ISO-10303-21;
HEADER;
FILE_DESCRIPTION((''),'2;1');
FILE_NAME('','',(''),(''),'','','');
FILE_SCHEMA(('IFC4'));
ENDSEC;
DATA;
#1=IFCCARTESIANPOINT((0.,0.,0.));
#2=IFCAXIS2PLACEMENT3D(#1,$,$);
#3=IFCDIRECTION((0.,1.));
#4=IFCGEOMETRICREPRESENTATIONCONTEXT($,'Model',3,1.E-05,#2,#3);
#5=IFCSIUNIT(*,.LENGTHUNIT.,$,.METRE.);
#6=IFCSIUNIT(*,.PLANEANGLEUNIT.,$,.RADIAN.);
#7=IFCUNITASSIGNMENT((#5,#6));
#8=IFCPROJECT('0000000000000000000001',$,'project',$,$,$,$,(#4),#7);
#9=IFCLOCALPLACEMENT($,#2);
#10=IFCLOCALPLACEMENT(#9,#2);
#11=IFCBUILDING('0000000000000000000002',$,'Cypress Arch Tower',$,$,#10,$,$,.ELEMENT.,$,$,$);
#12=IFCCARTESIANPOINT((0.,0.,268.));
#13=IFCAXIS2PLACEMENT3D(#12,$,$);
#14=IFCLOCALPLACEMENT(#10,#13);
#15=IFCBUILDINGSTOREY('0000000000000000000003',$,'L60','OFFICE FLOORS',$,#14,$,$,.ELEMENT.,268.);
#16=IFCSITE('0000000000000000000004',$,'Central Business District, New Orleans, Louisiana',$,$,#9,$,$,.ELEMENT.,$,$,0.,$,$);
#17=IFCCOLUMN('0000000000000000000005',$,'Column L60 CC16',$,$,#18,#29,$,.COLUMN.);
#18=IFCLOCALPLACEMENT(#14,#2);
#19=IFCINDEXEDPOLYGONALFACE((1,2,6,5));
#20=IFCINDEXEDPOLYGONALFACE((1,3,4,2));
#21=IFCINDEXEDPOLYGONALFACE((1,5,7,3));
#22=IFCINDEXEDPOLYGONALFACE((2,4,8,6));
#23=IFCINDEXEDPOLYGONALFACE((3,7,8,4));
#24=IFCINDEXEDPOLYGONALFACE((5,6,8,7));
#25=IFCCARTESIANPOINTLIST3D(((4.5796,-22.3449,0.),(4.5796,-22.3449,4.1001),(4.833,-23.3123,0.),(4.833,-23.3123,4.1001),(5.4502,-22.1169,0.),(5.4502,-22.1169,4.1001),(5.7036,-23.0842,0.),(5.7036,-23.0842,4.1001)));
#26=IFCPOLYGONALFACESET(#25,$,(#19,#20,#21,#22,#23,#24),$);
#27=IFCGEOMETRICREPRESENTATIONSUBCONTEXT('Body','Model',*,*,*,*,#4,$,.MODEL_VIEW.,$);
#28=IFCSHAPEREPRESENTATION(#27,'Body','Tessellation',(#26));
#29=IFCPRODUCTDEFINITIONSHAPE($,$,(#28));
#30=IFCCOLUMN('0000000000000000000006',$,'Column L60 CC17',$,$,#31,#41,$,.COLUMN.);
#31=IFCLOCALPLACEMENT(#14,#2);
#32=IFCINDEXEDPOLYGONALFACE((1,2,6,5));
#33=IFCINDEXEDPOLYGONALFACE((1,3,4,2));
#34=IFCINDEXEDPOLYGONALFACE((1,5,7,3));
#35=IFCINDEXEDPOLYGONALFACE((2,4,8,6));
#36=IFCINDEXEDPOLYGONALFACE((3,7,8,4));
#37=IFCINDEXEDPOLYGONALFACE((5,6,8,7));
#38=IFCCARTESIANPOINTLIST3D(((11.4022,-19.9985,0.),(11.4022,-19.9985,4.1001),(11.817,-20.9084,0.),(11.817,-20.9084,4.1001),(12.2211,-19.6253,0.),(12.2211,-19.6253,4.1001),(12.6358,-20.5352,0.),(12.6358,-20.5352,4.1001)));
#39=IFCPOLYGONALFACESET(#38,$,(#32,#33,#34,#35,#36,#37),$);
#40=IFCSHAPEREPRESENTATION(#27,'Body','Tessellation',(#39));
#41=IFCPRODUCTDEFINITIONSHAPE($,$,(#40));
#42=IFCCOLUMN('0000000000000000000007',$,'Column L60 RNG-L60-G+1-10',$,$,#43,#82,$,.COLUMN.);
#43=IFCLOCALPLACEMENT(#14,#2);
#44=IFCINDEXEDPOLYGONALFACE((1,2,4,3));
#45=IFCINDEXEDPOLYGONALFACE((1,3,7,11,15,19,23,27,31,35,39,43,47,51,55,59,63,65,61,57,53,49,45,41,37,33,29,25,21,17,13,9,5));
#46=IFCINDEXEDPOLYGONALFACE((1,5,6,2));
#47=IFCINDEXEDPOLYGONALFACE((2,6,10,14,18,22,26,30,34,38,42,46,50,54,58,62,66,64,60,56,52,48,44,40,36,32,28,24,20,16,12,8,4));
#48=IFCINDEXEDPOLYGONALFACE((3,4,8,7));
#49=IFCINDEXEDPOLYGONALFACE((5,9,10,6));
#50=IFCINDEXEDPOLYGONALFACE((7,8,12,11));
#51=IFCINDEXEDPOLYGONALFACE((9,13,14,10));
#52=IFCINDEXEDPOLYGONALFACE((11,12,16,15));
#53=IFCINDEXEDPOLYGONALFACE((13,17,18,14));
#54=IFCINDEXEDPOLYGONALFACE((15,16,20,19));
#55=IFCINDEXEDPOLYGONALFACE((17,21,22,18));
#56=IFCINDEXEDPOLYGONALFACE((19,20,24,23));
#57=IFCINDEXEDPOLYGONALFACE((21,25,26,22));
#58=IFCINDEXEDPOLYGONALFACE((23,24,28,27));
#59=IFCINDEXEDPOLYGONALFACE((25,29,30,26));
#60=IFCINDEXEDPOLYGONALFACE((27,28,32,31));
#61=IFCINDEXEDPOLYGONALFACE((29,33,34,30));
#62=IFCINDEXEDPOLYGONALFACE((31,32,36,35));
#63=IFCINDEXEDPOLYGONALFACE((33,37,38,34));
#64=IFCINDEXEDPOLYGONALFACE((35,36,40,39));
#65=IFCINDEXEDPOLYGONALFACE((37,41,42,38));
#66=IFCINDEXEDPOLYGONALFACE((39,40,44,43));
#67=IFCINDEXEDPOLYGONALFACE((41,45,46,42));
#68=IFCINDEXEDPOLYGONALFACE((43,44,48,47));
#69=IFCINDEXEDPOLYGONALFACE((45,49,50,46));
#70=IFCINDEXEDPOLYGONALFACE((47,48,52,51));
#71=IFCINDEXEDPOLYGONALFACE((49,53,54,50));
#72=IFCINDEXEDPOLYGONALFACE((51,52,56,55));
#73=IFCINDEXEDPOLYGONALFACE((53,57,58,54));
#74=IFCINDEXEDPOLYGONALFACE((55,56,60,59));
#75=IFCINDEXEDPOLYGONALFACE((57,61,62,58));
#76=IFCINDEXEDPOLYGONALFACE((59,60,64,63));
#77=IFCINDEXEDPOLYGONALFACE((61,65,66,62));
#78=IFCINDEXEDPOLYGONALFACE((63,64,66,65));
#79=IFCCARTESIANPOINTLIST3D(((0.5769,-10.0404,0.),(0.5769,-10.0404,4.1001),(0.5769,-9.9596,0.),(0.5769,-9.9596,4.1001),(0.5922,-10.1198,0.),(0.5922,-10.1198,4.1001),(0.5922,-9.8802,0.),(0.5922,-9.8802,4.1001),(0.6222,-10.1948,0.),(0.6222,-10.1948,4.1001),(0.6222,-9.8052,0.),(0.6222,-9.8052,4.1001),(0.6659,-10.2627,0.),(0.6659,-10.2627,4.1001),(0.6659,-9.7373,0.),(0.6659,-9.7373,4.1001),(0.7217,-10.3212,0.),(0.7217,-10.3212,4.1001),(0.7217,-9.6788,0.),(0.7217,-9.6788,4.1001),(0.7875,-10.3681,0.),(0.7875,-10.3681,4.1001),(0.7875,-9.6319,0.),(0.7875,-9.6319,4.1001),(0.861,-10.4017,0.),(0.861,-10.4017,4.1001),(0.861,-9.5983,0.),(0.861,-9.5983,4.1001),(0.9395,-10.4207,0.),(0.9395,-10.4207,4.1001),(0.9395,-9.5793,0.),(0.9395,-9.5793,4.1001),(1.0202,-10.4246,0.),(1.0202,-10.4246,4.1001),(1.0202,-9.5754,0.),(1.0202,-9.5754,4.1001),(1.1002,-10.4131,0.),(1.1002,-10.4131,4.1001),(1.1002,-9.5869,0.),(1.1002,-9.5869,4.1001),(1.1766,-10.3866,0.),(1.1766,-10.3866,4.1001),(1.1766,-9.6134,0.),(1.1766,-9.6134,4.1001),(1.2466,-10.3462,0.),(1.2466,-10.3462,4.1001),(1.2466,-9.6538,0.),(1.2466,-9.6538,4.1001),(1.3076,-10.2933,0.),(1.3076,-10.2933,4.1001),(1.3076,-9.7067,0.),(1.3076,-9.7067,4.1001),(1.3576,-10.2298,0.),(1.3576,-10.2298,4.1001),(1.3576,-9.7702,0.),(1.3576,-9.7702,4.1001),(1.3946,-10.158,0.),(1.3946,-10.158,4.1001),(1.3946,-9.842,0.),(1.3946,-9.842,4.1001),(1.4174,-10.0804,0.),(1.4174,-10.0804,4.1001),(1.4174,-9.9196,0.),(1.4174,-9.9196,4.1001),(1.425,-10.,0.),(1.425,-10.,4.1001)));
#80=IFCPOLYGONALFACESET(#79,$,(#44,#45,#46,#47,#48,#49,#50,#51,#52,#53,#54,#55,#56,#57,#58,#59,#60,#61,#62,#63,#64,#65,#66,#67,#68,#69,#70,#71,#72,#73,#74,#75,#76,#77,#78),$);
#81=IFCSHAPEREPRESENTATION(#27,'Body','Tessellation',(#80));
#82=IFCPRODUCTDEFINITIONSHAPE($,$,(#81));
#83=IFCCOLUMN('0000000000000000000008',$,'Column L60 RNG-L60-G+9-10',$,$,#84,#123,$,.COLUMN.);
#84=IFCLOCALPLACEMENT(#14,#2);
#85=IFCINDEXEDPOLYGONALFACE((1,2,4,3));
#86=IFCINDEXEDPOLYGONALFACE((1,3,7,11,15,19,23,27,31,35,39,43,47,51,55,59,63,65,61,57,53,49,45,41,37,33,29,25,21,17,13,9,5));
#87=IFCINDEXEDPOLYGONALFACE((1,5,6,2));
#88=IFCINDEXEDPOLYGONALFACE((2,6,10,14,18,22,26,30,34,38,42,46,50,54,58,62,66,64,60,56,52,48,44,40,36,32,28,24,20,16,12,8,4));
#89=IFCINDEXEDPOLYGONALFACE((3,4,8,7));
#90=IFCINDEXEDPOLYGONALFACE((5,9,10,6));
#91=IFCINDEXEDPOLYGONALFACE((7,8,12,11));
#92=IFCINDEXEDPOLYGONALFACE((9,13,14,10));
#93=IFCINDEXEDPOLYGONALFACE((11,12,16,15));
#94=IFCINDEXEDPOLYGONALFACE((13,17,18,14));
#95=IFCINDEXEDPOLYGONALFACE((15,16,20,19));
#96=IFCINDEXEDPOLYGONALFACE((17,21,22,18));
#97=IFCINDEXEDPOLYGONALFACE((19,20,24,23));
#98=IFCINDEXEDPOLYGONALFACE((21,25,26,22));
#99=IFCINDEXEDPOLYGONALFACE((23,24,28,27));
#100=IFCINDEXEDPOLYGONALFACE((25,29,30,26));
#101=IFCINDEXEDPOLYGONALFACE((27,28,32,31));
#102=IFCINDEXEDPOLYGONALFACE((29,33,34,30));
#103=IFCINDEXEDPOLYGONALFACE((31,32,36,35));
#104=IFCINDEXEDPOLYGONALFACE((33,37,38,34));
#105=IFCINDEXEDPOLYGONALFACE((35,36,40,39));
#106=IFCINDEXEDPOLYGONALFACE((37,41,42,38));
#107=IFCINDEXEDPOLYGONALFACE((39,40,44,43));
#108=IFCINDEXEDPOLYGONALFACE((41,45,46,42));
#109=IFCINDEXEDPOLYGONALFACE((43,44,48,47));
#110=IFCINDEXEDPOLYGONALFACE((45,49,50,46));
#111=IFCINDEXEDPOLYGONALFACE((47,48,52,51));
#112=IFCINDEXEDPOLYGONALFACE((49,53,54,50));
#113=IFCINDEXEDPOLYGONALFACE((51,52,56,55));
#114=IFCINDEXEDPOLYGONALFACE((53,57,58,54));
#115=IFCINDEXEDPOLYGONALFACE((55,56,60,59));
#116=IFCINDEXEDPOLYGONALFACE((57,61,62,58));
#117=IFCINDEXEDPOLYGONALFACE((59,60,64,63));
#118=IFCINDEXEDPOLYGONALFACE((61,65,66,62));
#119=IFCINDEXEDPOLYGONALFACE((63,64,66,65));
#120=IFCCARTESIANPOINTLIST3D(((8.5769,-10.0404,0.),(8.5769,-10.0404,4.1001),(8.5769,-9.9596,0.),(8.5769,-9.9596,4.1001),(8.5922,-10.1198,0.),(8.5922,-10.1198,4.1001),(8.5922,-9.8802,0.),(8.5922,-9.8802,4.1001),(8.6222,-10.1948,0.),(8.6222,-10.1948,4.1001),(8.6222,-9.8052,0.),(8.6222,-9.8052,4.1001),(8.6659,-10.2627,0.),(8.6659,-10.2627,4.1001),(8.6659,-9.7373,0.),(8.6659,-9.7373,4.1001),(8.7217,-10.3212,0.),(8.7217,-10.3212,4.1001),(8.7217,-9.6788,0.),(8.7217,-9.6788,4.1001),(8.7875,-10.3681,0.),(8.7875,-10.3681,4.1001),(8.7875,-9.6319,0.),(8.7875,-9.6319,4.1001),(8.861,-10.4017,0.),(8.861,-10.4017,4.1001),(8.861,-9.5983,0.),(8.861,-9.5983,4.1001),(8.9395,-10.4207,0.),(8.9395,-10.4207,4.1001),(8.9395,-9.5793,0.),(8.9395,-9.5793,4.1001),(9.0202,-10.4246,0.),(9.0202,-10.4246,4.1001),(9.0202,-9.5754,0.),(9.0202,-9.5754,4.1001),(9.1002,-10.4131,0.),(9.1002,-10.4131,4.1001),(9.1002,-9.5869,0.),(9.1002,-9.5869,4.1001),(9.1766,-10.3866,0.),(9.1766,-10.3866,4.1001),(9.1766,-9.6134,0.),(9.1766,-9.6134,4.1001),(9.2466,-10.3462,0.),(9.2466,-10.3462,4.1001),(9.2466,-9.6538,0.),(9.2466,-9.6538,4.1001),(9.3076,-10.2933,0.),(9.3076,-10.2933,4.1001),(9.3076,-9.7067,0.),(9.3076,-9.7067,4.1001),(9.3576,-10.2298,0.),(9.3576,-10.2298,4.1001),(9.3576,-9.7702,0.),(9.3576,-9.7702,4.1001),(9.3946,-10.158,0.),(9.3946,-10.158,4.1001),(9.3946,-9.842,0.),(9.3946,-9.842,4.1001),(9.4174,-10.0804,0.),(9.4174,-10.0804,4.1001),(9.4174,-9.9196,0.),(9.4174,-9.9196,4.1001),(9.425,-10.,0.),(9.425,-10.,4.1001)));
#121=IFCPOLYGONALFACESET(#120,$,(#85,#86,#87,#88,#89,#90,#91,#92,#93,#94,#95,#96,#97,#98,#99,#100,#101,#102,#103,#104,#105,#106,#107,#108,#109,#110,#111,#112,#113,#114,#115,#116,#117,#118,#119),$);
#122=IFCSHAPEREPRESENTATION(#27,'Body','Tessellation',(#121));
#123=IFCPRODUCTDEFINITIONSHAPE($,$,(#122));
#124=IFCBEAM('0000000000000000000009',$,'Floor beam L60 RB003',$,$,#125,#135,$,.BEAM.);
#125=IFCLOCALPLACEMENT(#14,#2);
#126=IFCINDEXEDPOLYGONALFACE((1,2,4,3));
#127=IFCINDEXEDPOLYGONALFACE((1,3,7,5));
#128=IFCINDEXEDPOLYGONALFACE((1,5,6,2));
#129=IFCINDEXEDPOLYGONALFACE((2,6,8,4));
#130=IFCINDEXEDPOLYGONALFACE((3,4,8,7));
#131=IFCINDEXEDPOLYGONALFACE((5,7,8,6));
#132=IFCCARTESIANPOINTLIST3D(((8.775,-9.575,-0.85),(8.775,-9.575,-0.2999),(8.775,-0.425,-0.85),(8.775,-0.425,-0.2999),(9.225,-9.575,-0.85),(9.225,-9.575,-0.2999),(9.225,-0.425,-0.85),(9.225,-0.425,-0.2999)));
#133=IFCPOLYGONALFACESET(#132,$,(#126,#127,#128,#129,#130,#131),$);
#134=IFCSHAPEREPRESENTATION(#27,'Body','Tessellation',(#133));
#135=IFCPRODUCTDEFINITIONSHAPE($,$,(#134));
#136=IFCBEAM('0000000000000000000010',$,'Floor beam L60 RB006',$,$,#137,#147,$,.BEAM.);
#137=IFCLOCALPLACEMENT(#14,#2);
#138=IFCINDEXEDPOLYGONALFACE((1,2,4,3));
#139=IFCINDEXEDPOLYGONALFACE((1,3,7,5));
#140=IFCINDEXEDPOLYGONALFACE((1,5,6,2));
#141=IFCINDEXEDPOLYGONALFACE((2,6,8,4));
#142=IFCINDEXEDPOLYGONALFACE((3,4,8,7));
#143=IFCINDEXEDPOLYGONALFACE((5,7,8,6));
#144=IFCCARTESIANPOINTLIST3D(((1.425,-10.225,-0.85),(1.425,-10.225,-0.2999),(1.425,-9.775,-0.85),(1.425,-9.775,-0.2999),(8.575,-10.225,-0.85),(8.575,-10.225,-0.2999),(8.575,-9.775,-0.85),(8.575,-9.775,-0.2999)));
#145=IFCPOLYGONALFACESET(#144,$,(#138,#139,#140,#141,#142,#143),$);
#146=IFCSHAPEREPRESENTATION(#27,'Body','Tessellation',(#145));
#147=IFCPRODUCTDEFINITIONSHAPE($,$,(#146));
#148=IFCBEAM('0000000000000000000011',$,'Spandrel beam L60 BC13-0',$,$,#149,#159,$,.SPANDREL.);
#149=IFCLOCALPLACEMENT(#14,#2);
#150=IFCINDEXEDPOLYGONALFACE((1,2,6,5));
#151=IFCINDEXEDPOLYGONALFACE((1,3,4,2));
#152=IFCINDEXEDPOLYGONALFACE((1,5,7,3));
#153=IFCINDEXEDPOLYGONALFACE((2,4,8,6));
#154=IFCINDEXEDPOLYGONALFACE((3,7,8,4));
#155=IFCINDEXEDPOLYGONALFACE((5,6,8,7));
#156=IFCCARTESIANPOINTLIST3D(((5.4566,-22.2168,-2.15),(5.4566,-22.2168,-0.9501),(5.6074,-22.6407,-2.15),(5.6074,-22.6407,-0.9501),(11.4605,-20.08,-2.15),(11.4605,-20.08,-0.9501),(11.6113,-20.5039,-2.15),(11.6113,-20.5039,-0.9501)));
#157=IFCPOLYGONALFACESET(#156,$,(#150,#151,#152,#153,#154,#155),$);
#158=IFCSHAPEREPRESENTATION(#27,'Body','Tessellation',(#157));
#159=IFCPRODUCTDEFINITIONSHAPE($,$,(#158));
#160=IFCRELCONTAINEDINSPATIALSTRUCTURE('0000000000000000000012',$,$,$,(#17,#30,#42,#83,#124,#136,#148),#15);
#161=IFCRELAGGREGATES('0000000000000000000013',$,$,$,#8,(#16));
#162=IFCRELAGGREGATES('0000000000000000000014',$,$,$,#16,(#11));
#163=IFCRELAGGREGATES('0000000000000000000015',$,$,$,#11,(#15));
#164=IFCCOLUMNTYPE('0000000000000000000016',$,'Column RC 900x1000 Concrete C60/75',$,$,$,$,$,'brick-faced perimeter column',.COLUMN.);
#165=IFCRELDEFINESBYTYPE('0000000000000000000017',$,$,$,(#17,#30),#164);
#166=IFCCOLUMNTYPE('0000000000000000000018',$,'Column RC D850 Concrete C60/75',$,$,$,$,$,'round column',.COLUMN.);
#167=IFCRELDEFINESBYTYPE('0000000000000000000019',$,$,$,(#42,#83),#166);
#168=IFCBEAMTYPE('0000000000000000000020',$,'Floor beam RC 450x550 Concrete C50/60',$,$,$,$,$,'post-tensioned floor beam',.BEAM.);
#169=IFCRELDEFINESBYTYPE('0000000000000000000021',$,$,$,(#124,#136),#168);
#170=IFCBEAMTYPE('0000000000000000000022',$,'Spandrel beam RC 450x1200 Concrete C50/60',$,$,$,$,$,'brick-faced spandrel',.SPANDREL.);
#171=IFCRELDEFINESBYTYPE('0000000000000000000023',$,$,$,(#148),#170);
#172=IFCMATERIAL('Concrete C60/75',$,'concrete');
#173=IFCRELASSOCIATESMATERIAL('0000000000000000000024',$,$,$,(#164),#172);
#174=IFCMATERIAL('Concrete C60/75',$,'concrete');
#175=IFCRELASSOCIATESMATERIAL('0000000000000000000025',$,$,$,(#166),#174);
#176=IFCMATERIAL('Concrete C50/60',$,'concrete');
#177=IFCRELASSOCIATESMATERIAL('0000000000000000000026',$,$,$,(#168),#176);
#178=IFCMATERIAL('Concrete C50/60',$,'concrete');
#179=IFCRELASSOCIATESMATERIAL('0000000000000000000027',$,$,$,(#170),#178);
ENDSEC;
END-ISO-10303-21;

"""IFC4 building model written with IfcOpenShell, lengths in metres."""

from ifc_helpers import new_model, si_unit, direction, frame, origin, origin_2d, place, context, subcontext, project, spatial, rectangle, circle, extrude, material, material_profile, profile_set, type_object, element, save


model = new_model("IFC4")

# Units and contexts
model_context = context("Model", 3, precision=1e-05, world=origin(), true_north=direction((0.0, 1.0)))
body_context = subcontext(model_context, "Body", "Model", "MODEL_VIEW")
ifc_project = project(units=[si_unit("LENGTHUNIT", "METRE"), si_unit("PLANEANGLEUNIT", "RADIAN")], contexts=[model_context])

# Site, building, storey
site_placement = place(None, origin())
site = spatial("IfcSite", under=ifc_project, at=site_placement, Name="Central Business District, New Orleans, Louisiana", CompositionType="ELEMENT", RefElevation=0.0)
building_placement = place(site_placement, origin())
building = spatial("IfcBuilding", under=site, at=building_placement, Name="Cypress Arch Tower", CompositionType="ELEMENT")
storey_placement = place(building_placement, frame((0.0, 0.0, 268.0)))
storey = spatial("IfcBuildingStorey", under=building, at=storey_placement, Name="L60", Description="OFFICE FLOORS", CompositionType="ELEMENT", Elevation=268.0)

# Columns
ifc_material_1 = material(Name="Concrete C60/75", Category="concrete")
ifc_material_profile_1 = material_profile(ifc_material_1, rectangle(XDim=0.8999, YDim=1.0, at=origin_2d()), Name="RC 900x1000")
ifc_profile_set_1 = profile_set([ifc_material_profile_1], Name="Concrete C60/75")
column_type_1 = type_object("IfcColumnType", Name="Column RC 900x1000 Concrete C60/75", ElementType="brick-faced perimeter column", PredefinedType="COLUMN", material=ifc_profile_set_1)
for number, where, z_axis, x_axis, name in (
    (1, (5.1416, -22.7146, 0.0), (0.0, 0.0, 1.0), (0.967356, 0.253422, 0.0), "Column L60 CC16"),
    (2, (12.019, -20.2668, 0.0), (0.0, 0.0, 1.0), (0.909932, 0.414757, 0.0), "Column L60 CC17"),
):
    element("IfcColumn", number, at=place(storey_placement, frame(where, z_axis=z_axis, x_axis=x_axis)), inside=storey, type_object=column_type_1, Name=name, PredefinedType="COLUMN", context=body_context, shape_type="SweptSolid", body=[
        extrude(rectangle(XDim=0.8999, YDim=1.0, at=origin_2d()), origin(), (0.0, 0.0, 1.0), 4.1001),
    ])
ifc_material_2 = material(Name="Concrete C60/75", Category="concrete")
ifc_material_profile_2 = material_profile(ifc_material_2, circle(Radius=0.425, at=origin_2d()), Name="RC D850")
ifc_profile_set_2 = profile_set([ifc_material_profile_2], Name="Concrete C60/75")
column_type_2 = type_object("IfcColumnType", Name="Column RC D850 Concrete C60/75", ElementType="round column", PredefinedType="COLUMN", material=ifc_profile_set_2)
for number, where, z_axis, x_axis, name in (
    (3, (1.0, -10.0, 0.0), (0.0, 0.0, 1.0), (1.0, 0.0, 0.0), "Column L60 RNG-L60-G+1-10"),
    (4, (9.0, -10.0, 0.0), (0.0, 0.0, 1.0), (1.0, 0.0, 0.0), "Column L60 RNG-L60-G+9-10"),
):
    element("IfcColumn", number, at=place(storey_placement, frame(where, z_axis=z_axis, x_axis=x_axis)), inside=storey, type_object=column_type_2, Name=name, PredefinedType="COLUMN", context=body_context, shape_type="SweptSolid", body=[
        extrude(circle(Radius=0.425, at=origin_2d()), origin(), (0.0, 0.0, 1.0), 4.1001),
    ])

# Beams
ifc_material_3 = material(Name="Concrete C50/60", Category="concrete")
ifc_material_profile_3 = material_profile(ifc_material_3, rectangle(XDim=0.45, YDim=0.55, at=origin_2d()), Name="RC 450x550")
ifc_profile_set_3 = profile_set([ifc_material_profile_3], Name="Concrete C50/60")
beam_type_1 = type_object("IfcBeamType", Name="Floor beam RC 450x550 Concrete C50/60", ElementType="post-tensioned floor beam", PredefinedType="BEAM", material=ifc_profile_set_3)
beam_1_placement = place(storey_placement, frame((9.0, -9.575, -0.575), z_axis=(0.0, 1.0, 0.0), x_axis=(-1.0, 0.0, 0.0)))
element("IfcBeam", 5, at=beam_1_placement, inside=storey, type_object=beam_type_1, Name="Floor beam L60 RB003", PredefinedType="BEAM", context=body_context, shape_type="SweptSolid", body=[
    extrude(rectangle(XDim=0.45, YDim=0.55, at=origin_2d()), origin(), (0.0, 0.0, 1.0), 9.1499),
])
beam_2_placement = place(storey_placement, frame((1.425, -10.0, -0.575), z_axis=(1.0, 0.0, 0.0), x_axis=(0.0, 1.0, 0.0)))
element("IfcBeam", 6, at=beam_2_placement, inside=storey, type_object=beam_type_1, Name="Floor beam L60 RB006", PredefinedType="BEAM", context=body_context, shape_type="SweptSolid", body=[
    extrude(rectangle(XDim=0.45, YDim=0.55, at=origin_2d()), origin(), (0.0, 0.0, 1.0), 7.1499),
])
ifc_material_4 = material(Name="Concrete C50/60", Category="concrete")
ifc_material_profile_4 = material_profile(ifc_material_4, rectangle(XDim=0.45, YDim=1.2, at=origin_2d()), Name="RC 450x1200")
ifc_profile_set_4 = profile_set([ifc_material_profile_4], Name="Concrete C50/60")
beam_type_2 = type_object("IfcBeamType", Name="Spandrel beam RC 450x1200 Concrete C50/60", ElementType="brick-faced spandrel", PredefinedType="SPANDREL", material=ifc_profile_set_4)
beam_3_placement = place(storey_placement, frame((5.532, -22.4287, -1.55), z_axis=(0.942116, 0.335288, 0.0), x_axis=(-0.335288, 0.942116, 0.0)))
element("IfcBeam", 7, at=beam_3_placement, inside=storey, type_object=beam_type_2, Name="Spandrel beam L60 BC13-0", PredefinedType="SPANDREL", context=body_context, shape_type="SweptSolid", body=[
    extrude(rectangle(XDim=0.45, YDim=1.2, at=origin_2d()), origin(), (0.0, 0.0, 1.0), 6.3728),
])

save(model, "model.ifc")
